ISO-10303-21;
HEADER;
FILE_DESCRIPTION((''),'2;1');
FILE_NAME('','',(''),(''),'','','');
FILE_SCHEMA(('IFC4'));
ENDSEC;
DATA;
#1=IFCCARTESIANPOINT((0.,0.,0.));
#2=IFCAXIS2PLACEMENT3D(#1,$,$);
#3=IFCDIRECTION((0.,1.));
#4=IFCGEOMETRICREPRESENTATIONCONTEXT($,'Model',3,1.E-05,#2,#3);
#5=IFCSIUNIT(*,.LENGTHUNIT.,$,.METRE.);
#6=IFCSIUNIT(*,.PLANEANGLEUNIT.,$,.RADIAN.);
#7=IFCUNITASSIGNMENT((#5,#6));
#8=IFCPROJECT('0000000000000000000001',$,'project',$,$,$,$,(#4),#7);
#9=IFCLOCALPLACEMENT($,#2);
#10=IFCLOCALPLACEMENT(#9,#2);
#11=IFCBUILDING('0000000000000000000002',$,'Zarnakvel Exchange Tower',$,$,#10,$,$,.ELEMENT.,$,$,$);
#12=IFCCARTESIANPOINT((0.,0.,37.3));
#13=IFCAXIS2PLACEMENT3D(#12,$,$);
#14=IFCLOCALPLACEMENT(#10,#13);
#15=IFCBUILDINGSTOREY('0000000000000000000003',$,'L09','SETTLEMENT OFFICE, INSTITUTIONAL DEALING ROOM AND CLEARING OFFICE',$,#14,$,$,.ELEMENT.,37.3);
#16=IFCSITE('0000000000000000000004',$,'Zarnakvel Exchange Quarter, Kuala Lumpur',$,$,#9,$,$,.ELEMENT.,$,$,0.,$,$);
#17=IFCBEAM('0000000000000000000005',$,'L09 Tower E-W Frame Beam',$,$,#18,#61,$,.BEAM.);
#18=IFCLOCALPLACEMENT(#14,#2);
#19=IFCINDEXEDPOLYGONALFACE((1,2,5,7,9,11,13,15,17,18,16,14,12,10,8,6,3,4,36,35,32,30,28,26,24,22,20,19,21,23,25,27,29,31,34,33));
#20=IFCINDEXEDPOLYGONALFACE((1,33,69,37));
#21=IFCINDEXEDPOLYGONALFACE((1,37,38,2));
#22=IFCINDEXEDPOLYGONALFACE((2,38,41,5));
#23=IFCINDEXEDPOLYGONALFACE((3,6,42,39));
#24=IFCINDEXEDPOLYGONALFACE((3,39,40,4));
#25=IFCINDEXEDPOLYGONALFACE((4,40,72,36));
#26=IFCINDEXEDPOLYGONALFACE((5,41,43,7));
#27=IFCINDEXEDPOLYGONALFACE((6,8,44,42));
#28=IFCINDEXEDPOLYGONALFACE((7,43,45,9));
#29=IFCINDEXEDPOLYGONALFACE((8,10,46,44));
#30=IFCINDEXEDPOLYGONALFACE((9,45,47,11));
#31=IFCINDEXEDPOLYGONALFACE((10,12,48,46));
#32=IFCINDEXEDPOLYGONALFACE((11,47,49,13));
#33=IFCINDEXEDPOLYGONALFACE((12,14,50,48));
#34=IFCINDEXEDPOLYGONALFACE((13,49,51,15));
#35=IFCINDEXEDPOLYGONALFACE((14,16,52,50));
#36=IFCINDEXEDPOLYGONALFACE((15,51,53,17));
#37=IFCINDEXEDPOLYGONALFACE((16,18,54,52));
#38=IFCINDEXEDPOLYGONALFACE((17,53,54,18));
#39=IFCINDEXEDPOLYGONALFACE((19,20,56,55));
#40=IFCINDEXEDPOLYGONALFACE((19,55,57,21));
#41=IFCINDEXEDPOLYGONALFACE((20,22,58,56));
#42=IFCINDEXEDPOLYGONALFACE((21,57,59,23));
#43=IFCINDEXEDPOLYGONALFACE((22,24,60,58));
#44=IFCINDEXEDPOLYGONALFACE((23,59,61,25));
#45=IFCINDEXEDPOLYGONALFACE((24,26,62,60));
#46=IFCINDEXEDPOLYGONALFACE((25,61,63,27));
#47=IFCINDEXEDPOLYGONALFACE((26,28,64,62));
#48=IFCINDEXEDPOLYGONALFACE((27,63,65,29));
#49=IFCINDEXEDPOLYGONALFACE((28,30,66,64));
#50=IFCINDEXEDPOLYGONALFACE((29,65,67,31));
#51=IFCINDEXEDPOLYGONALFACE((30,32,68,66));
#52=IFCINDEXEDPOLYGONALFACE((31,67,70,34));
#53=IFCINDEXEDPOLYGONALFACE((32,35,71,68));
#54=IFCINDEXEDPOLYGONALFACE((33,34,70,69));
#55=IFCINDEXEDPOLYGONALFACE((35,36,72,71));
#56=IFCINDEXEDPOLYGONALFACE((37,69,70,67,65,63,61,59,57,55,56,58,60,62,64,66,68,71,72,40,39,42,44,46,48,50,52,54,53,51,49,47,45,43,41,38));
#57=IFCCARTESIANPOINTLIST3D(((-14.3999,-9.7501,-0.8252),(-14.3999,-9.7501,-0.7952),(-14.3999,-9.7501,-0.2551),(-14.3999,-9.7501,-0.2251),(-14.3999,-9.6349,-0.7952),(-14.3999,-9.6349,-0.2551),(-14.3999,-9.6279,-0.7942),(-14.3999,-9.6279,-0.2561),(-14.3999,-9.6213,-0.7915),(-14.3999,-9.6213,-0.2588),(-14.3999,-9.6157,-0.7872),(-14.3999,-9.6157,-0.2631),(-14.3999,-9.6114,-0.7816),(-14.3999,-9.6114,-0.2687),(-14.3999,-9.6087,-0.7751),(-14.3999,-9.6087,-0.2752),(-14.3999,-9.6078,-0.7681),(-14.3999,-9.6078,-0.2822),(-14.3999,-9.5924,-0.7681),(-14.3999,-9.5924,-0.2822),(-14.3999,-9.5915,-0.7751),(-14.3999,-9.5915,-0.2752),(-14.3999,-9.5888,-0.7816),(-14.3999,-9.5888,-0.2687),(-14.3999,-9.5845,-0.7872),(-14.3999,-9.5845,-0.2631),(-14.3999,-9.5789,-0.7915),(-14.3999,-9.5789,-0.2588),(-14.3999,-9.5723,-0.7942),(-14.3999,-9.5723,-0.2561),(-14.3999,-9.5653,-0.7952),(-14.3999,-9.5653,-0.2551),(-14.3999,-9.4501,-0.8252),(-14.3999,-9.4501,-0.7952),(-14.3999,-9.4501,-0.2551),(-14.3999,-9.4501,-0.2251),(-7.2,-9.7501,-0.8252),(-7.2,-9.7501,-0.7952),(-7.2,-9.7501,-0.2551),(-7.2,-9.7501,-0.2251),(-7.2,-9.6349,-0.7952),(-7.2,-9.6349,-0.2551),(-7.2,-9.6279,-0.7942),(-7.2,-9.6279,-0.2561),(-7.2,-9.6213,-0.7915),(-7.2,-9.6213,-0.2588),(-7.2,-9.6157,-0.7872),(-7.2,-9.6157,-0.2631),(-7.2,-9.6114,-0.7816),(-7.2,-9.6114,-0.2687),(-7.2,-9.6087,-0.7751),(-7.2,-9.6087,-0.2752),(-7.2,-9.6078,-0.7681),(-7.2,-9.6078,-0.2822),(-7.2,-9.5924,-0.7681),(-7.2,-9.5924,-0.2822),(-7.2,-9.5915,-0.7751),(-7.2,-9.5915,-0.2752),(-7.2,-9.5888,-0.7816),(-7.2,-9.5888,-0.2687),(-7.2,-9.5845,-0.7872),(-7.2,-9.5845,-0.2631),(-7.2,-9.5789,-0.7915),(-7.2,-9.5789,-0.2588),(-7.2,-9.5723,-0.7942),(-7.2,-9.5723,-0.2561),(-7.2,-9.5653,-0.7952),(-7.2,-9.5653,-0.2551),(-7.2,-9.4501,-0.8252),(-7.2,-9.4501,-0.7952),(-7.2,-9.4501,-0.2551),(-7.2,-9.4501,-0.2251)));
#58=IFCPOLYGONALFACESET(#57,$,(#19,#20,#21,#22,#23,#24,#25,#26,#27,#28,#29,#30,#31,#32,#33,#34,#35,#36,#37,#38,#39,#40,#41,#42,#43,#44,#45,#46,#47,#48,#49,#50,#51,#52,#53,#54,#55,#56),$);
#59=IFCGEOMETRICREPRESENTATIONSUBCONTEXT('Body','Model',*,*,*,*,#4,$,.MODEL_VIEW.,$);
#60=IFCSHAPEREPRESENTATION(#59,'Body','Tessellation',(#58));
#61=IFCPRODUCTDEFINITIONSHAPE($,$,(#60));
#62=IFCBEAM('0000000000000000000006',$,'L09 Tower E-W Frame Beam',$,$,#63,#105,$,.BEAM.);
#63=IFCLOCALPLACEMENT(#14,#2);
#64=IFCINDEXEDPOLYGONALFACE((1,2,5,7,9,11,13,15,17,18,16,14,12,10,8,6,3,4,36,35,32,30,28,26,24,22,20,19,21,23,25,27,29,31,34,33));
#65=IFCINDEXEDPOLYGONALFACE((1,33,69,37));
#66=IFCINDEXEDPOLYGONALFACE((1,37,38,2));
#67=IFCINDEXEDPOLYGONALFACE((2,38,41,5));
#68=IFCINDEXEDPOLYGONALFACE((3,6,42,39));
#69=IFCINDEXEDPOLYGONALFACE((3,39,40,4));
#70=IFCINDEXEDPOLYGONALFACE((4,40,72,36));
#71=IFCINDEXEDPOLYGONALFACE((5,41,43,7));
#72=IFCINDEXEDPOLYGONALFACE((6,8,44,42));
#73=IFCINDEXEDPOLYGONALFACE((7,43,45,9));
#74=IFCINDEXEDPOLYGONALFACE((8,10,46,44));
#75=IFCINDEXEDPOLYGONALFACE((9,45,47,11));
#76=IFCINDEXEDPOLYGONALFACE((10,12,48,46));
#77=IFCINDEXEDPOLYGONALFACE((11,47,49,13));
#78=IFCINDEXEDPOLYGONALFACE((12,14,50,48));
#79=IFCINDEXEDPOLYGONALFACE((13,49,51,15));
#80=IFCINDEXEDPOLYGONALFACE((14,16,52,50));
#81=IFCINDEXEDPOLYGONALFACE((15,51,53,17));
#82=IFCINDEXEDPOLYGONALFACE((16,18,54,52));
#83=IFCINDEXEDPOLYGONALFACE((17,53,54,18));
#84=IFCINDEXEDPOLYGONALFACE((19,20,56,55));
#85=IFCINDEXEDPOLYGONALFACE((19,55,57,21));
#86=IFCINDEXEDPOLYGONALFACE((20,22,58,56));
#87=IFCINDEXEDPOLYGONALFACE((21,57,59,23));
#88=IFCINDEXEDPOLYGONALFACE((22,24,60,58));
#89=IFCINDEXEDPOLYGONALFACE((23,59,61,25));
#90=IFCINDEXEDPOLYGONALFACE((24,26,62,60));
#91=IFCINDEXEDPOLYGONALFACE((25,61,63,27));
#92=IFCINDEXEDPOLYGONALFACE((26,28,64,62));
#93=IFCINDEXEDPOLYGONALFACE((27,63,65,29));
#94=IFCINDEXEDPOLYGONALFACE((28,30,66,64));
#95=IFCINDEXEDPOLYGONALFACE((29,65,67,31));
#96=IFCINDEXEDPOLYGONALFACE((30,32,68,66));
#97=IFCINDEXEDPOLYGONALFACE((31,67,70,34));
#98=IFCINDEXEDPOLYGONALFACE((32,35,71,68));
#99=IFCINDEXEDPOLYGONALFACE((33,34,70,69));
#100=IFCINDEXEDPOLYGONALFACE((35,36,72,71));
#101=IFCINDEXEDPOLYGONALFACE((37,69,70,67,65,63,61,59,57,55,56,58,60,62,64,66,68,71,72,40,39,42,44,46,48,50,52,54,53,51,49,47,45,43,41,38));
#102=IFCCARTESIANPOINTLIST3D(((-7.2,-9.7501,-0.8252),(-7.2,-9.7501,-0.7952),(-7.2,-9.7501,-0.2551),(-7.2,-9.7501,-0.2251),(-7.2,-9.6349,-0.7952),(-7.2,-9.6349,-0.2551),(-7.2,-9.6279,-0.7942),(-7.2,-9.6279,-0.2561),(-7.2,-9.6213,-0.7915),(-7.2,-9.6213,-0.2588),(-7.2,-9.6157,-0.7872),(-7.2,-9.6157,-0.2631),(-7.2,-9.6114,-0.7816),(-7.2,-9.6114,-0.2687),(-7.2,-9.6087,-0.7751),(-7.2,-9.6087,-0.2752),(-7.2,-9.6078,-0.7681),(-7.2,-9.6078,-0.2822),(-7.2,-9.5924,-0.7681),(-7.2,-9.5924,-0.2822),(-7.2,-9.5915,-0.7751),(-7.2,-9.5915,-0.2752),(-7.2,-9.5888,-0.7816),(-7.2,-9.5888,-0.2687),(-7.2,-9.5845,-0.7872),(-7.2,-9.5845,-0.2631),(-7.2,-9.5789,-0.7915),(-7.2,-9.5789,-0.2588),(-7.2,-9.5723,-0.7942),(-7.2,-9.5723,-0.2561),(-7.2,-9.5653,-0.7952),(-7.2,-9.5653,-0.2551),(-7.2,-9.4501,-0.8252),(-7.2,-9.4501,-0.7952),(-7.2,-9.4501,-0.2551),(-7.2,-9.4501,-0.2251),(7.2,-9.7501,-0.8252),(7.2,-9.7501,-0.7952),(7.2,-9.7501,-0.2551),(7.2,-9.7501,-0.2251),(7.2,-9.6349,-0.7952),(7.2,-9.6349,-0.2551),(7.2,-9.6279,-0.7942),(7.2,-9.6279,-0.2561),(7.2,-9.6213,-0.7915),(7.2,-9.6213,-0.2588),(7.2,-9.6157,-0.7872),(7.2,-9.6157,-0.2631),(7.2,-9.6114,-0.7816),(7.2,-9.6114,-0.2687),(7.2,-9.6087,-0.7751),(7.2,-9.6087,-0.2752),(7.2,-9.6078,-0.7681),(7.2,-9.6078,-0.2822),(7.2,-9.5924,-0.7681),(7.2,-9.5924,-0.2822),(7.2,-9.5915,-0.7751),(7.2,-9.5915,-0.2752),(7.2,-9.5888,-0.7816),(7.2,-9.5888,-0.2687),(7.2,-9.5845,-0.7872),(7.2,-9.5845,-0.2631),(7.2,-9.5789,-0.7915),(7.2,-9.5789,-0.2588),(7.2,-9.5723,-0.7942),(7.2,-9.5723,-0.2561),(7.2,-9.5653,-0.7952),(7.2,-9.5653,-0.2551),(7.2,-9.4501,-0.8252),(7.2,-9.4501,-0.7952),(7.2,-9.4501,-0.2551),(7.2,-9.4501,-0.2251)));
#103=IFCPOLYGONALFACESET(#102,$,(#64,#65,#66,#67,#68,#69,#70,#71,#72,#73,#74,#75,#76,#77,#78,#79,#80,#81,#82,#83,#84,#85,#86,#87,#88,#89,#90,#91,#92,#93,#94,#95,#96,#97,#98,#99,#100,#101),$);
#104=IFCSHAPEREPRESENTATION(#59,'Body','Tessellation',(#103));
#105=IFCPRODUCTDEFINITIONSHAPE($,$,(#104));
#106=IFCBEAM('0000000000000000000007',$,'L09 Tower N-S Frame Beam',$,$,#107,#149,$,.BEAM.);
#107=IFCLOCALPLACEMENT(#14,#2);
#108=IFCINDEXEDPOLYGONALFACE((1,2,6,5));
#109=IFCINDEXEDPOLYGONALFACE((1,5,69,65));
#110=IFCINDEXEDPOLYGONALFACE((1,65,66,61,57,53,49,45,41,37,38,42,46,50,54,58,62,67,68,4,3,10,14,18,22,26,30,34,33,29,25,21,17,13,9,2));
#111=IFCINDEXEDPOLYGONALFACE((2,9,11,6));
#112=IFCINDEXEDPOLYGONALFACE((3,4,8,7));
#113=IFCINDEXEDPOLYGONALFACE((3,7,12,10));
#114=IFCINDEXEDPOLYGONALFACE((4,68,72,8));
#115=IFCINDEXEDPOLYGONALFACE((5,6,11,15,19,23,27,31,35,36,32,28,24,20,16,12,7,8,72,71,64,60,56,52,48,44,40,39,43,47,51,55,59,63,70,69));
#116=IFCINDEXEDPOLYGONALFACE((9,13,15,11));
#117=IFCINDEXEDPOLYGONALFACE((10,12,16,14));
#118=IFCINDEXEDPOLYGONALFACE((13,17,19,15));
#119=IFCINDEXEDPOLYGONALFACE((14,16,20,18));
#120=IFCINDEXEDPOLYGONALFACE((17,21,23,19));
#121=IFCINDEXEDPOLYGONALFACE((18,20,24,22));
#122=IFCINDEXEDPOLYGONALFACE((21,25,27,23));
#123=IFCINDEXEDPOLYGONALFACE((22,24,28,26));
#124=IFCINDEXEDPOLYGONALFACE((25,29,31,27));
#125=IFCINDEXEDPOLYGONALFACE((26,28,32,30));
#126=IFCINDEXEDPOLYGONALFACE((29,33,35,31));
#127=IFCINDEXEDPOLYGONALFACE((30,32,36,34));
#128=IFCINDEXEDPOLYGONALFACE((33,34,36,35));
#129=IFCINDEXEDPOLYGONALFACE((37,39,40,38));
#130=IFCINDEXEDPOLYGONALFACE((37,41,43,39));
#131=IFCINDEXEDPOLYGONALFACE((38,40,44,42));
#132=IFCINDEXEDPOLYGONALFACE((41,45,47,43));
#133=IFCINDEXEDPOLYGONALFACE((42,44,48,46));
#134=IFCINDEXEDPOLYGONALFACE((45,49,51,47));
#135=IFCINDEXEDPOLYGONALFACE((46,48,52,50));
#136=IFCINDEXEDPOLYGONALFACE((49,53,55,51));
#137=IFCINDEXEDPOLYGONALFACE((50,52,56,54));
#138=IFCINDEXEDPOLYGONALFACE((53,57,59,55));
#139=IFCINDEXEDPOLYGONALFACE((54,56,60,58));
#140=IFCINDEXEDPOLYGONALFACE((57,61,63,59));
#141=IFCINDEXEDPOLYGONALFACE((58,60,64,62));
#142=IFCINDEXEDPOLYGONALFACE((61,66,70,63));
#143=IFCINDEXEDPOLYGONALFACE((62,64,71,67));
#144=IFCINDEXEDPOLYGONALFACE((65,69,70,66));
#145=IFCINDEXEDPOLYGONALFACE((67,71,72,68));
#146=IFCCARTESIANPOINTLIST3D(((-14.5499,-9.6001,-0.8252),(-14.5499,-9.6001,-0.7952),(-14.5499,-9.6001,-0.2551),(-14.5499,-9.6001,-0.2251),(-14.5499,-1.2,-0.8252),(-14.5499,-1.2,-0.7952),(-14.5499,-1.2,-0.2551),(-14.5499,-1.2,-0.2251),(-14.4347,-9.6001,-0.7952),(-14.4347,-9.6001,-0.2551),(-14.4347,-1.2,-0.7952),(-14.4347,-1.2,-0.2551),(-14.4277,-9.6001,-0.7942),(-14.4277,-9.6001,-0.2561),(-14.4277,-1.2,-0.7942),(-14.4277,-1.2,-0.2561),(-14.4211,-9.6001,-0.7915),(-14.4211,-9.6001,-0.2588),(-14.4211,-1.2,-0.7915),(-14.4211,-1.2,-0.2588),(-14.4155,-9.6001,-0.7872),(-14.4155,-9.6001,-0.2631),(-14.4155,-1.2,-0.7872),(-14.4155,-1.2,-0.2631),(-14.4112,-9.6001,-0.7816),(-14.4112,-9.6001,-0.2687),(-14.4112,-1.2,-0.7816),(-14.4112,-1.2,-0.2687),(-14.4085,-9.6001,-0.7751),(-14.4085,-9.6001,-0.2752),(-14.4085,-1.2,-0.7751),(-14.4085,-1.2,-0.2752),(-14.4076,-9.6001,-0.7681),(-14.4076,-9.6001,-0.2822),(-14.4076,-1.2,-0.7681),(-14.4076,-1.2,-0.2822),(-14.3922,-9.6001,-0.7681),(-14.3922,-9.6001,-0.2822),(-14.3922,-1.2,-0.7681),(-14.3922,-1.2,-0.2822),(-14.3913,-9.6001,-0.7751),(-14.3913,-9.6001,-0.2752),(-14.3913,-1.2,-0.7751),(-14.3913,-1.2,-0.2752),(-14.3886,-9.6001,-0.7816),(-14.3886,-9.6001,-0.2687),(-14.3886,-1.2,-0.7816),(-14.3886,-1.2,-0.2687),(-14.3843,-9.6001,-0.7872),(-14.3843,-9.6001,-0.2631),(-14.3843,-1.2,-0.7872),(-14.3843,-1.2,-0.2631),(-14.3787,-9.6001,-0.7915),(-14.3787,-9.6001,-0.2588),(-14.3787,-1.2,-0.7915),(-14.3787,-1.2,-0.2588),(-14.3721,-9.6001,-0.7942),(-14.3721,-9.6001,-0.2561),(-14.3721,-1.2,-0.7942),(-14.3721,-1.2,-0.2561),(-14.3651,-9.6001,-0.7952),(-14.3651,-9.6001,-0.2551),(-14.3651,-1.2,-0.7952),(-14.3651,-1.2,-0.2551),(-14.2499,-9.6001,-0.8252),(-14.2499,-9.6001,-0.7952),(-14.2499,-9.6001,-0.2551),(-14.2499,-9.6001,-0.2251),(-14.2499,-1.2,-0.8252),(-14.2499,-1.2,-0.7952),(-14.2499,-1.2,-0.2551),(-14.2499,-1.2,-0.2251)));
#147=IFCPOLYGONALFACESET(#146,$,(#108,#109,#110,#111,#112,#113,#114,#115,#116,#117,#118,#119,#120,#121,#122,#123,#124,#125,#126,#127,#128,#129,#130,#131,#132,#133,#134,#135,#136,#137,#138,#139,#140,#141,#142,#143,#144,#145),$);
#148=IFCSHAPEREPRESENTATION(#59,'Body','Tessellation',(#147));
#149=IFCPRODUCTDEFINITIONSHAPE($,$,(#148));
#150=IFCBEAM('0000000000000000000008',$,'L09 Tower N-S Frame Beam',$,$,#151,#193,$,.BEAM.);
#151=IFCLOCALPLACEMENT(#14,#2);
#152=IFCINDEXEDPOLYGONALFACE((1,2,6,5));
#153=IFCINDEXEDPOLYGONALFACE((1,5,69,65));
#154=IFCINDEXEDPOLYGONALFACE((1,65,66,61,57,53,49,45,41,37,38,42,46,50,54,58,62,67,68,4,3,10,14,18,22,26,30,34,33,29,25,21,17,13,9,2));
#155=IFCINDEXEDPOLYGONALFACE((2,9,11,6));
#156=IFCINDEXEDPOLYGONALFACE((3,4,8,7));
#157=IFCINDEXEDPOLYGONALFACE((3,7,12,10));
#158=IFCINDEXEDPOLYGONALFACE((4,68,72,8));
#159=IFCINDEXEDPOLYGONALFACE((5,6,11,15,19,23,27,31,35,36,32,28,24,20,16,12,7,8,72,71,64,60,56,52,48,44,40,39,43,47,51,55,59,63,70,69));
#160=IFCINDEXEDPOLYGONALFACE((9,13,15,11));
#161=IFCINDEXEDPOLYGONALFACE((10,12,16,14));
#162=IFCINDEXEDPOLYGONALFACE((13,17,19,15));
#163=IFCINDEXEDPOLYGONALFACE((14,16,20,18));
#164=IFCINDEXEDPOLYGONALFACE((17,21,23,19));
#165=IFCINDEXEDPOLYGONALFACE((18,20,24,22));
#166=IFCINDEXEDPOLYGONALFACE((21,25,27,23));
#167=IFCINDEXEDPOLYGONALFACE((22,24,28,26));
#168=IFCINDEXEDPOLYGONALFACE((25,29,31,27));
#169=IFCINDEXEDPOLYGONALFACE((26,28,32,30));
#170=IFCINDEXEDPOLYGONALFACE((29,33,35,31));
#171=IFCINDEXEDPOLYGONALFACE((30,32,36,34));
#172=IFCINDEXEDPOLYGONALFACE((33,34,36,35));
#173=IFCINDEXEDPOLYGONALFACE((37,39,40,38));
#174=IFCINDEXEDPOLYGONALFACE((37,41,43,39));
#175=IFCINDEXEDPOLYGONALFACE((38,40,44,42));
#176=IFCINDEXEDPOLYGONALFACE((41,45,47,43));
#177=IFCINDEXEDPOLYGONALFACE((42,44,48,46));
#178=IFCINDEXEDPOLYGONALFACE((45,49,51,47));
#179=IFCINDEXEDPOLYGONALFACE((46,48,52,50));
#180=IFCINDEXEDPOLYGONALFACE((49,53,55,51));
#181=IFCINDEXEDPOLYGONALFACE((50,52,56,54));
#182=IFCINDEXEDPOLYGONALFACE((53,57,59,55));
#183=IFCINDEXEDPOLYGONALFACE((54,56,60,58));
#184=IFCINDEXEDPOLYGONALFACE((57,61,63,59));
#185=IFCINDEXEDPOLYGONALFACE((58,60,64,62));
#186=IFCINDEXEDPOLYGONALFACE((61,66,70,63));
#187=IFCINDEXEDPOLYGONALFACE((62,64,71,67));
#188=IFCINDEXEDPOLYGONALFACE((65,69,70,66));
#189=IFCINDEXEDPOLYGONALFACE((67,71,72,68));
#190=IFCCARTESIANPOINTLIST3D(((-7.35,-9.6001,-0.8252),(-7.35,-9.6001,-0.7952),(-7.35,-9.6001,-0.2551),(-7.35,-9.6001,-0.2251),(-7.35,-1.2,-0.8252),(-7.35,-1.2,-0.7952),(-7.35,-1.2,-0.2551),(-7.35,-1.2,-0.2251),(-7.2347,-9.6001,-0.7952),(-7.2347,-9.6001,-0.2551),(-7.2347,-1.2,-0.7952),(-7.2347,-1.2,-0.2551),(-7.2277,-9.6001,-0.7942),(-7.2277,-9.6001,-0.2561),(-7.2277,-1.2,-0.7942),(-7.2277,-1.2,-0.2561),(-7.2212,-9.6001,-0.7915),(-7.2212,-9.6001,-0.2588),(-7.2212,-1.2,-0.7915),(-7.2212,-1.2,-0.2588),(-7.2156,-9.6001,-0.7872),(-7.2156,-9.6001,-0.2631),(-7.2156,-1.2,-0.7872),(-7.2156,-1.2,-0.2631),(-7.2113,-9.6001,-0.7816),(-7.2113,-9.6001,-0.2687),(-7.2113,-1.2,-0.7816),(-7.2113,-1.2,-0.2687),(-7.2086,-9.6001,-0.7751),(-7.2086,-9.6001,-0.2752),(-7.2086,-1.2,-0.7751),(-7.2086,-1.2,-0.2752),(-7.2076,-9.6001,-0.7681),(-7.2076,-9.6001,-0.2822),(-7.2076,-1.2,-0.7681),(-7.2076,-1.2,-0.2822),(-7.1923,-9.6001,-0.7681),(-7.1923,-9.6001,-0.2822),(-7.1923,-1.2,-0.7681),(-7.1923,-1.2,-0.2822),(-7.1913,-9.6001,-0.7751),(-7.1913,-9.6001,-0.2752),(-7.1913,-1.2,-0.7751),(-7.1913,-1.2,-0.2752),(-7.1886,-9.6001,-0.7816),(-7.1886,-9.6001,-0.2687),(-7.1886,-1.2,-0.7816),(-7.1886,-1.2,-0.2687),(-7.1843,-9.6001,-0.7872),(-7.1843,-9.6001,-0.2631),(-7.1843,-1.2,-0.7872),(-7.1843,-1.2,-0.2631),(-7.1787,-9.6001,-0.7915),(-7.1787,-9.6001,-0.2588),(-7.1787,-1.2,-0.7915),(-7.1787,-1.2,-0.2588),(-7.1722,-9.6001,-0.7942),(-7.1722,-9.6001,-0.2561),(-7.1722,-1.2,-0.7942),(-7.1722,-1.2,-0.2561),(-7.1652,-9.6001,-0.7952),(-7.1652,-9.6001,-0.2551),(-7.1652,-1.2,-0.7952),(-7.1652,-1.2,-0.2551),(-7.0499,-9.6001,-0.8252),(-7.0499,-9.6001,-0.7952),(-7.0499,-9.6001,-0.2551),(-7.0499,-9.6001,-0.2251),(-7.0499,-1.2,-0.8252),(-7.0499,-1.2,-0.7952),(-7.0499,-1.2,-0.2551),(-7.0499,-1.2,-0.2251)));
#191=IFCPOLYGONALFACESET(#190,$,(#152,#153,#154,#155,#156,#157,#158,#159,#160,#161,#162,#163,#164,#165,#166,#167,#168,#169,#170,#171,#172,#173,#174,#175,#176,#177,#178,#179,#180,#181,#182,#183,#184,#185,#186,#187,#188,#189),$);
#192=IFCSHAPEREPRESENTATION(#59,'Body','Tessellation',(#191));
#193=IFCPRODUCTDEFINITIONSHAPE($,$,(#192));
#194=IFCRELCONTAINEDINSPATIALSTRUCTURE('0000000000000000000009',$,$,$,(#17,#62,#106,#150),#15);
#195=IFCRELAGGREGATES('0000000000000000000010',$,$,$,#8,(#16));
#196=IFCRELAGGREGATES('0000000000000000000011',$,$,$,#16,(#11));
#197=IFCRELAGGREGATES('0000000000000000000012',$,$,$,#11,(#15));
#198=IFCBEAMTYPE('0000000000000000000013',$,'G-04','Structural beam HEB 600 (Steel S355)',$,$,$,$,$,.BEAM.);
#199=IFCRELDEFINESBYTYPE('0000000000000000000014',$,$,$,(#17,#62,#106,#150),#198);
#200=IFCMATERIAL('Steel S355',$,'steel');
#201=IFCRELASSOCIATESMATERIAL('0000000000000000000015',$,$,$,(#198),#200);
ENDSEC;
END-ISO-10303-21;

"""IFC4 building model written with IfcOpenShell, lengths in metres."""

from ifc_helpers import new_model, si_unit, direction, frame, origin, origin_2d, place, context, subcontext, project, spatial, i_section, extrude, material, material_profile, profile_set, type_object, element, save


model = new_model("IFC4")

# Units and contexts
model_context = context("Model", 3, precision=1e-05, world=origin(), true_north=direction((0.0, 1.0)))
body_context = subcontext(model_context, "Body", "Model", "MODEL_VIEW")
ifc_project = project(units=[si_unit("LENGTHUNIT", "METRE"), si_unit("PLANEANGLEUNIT", "RADIAN")], contexts=[model_context])

# Site, building, storey
site_placement = place(None, origin())
site = spatial("IfcSite", under=ifc_project, at=site_placement, Name="Zarnakvel Exchange Quarter, Kuala Lumpur", CompositionType="ELEMENT", RefElevation=0.0)
building_placement = place(site_placement, origin())
building = spatial("IfcBuilding", under=site, at=building_placement, Name="Zarnakvel Exchange Tower", CompositionType="ELEMENT")
storey_placement = place(building_placement, frame((0.0, 0.0, 37.3)))
storey = spatial("IfcBuildingStorey", under=building, at=storey_placement, Name="L09", Description="SETTLEMENT OFFICE, INSTITUTIONAL DEALING ROOM AND CLEARING OFFICE", CompositionType="ELEMENT", Elevation=37.3)

# Beams
ifc_material_1 = material(Name="Steel S355", Category="steel")
ifc_material_profile_1 = material_profile(ifc_material_1, i_section(OverallWidth=0.3, OverallDepth=0.6001, WebThickness=0.0154, FlangeThickness=0.03, FilletRadius=0.0271, at=origin_2d()))
ifc_profile_set_1 = profile_set([ifc_material_profile_1], Name="Steel S355")
beam_type_1 = type_object("IfcBeamType", Name="G-04", Description="Structural beam HEB 600 (Steel S355)", PredefinedType="BEAM", material=ifc_profile_set_1)
beam_1_placement = place(storey_placement, frame((-14.3999, -9.6001, -0.5251), z_axis=(1.0, 0.0, 0.0), x_axis=(0.0, 1.0, 0.0)))
element("IfcBeam", 1, at=beam_1_placement, inside=storey, type_object=beam_type_1, Name="L09 Tower E-W Frame Beam", PredefinedType="BEAM", context=body_context, shape_type="SweptSolid", body=[
    extrude(i_section(OverallWidth=0.3, OverallDepth=0.6001, WebThickness=0.0154, FlangeThickness=0.03, FilletRadius=0.0271, at=origin_2d()), origin(), (0.0, 0.0, 1.0), 7.2),
])
beam_2_placement = place(storey_placement, frame((-7.2, -9.6001, -0.5251), z_axis=(1.0, 0.0, 0.0), x_axis=(0.0, 1.0, 0.0)))
element("IfcBeam", 2, at=beam_2_placement, inside=storey, type_object=beam_type_1, Name="L09 Tower E-W Frame Beam", PredefinedType="BEAM", context=body_context, shape_type="SweptSolid", body=[
    extrude(i_section(OverallWidth=0.3, OverallDepth=0.6001, WebThickness=0.0154, FlangeThickness=0.03, FilletRadius=0.0271, at=origin_2d()), origin(), (0.0, 0.0, 1.0), 14.3999),
])
for number, where, z_axis, x_axis, name in (
    (3, (-14.3999, -9.6001, -0.5251), (0.0, 1.0, 0.0), (-1.0, 0.0, 0.0), "L09 Tower N-S Frame Beam"),
    (4, (-7.2, -9.6001, -0.5251), (0.0, 1.0, 0.0), (-1.0, 0.0, 0.0), "L09 Tower N-S Frame Beam"),
):
    element("IfcBeam", number, at=place(storey_placement, frame(where, z_axis=z_axis, x_axis=x_axis)), inside=storey, type_object=beam_type_1, Name=name, PredefinedType="BEAM", context=body_context, shape_type="SweptSolid", body=[
        extrude(i_section(OverallWidth=0.3, OverallDepth=0.6001, WebThickness=0.0154, FlangeThickness=0.03, FilletRadius=0.0271, at=origin_2d()), origin(), (0.0, 0.0, 1.0), 8.4001),
    ])

save(model, "model.ifc")
